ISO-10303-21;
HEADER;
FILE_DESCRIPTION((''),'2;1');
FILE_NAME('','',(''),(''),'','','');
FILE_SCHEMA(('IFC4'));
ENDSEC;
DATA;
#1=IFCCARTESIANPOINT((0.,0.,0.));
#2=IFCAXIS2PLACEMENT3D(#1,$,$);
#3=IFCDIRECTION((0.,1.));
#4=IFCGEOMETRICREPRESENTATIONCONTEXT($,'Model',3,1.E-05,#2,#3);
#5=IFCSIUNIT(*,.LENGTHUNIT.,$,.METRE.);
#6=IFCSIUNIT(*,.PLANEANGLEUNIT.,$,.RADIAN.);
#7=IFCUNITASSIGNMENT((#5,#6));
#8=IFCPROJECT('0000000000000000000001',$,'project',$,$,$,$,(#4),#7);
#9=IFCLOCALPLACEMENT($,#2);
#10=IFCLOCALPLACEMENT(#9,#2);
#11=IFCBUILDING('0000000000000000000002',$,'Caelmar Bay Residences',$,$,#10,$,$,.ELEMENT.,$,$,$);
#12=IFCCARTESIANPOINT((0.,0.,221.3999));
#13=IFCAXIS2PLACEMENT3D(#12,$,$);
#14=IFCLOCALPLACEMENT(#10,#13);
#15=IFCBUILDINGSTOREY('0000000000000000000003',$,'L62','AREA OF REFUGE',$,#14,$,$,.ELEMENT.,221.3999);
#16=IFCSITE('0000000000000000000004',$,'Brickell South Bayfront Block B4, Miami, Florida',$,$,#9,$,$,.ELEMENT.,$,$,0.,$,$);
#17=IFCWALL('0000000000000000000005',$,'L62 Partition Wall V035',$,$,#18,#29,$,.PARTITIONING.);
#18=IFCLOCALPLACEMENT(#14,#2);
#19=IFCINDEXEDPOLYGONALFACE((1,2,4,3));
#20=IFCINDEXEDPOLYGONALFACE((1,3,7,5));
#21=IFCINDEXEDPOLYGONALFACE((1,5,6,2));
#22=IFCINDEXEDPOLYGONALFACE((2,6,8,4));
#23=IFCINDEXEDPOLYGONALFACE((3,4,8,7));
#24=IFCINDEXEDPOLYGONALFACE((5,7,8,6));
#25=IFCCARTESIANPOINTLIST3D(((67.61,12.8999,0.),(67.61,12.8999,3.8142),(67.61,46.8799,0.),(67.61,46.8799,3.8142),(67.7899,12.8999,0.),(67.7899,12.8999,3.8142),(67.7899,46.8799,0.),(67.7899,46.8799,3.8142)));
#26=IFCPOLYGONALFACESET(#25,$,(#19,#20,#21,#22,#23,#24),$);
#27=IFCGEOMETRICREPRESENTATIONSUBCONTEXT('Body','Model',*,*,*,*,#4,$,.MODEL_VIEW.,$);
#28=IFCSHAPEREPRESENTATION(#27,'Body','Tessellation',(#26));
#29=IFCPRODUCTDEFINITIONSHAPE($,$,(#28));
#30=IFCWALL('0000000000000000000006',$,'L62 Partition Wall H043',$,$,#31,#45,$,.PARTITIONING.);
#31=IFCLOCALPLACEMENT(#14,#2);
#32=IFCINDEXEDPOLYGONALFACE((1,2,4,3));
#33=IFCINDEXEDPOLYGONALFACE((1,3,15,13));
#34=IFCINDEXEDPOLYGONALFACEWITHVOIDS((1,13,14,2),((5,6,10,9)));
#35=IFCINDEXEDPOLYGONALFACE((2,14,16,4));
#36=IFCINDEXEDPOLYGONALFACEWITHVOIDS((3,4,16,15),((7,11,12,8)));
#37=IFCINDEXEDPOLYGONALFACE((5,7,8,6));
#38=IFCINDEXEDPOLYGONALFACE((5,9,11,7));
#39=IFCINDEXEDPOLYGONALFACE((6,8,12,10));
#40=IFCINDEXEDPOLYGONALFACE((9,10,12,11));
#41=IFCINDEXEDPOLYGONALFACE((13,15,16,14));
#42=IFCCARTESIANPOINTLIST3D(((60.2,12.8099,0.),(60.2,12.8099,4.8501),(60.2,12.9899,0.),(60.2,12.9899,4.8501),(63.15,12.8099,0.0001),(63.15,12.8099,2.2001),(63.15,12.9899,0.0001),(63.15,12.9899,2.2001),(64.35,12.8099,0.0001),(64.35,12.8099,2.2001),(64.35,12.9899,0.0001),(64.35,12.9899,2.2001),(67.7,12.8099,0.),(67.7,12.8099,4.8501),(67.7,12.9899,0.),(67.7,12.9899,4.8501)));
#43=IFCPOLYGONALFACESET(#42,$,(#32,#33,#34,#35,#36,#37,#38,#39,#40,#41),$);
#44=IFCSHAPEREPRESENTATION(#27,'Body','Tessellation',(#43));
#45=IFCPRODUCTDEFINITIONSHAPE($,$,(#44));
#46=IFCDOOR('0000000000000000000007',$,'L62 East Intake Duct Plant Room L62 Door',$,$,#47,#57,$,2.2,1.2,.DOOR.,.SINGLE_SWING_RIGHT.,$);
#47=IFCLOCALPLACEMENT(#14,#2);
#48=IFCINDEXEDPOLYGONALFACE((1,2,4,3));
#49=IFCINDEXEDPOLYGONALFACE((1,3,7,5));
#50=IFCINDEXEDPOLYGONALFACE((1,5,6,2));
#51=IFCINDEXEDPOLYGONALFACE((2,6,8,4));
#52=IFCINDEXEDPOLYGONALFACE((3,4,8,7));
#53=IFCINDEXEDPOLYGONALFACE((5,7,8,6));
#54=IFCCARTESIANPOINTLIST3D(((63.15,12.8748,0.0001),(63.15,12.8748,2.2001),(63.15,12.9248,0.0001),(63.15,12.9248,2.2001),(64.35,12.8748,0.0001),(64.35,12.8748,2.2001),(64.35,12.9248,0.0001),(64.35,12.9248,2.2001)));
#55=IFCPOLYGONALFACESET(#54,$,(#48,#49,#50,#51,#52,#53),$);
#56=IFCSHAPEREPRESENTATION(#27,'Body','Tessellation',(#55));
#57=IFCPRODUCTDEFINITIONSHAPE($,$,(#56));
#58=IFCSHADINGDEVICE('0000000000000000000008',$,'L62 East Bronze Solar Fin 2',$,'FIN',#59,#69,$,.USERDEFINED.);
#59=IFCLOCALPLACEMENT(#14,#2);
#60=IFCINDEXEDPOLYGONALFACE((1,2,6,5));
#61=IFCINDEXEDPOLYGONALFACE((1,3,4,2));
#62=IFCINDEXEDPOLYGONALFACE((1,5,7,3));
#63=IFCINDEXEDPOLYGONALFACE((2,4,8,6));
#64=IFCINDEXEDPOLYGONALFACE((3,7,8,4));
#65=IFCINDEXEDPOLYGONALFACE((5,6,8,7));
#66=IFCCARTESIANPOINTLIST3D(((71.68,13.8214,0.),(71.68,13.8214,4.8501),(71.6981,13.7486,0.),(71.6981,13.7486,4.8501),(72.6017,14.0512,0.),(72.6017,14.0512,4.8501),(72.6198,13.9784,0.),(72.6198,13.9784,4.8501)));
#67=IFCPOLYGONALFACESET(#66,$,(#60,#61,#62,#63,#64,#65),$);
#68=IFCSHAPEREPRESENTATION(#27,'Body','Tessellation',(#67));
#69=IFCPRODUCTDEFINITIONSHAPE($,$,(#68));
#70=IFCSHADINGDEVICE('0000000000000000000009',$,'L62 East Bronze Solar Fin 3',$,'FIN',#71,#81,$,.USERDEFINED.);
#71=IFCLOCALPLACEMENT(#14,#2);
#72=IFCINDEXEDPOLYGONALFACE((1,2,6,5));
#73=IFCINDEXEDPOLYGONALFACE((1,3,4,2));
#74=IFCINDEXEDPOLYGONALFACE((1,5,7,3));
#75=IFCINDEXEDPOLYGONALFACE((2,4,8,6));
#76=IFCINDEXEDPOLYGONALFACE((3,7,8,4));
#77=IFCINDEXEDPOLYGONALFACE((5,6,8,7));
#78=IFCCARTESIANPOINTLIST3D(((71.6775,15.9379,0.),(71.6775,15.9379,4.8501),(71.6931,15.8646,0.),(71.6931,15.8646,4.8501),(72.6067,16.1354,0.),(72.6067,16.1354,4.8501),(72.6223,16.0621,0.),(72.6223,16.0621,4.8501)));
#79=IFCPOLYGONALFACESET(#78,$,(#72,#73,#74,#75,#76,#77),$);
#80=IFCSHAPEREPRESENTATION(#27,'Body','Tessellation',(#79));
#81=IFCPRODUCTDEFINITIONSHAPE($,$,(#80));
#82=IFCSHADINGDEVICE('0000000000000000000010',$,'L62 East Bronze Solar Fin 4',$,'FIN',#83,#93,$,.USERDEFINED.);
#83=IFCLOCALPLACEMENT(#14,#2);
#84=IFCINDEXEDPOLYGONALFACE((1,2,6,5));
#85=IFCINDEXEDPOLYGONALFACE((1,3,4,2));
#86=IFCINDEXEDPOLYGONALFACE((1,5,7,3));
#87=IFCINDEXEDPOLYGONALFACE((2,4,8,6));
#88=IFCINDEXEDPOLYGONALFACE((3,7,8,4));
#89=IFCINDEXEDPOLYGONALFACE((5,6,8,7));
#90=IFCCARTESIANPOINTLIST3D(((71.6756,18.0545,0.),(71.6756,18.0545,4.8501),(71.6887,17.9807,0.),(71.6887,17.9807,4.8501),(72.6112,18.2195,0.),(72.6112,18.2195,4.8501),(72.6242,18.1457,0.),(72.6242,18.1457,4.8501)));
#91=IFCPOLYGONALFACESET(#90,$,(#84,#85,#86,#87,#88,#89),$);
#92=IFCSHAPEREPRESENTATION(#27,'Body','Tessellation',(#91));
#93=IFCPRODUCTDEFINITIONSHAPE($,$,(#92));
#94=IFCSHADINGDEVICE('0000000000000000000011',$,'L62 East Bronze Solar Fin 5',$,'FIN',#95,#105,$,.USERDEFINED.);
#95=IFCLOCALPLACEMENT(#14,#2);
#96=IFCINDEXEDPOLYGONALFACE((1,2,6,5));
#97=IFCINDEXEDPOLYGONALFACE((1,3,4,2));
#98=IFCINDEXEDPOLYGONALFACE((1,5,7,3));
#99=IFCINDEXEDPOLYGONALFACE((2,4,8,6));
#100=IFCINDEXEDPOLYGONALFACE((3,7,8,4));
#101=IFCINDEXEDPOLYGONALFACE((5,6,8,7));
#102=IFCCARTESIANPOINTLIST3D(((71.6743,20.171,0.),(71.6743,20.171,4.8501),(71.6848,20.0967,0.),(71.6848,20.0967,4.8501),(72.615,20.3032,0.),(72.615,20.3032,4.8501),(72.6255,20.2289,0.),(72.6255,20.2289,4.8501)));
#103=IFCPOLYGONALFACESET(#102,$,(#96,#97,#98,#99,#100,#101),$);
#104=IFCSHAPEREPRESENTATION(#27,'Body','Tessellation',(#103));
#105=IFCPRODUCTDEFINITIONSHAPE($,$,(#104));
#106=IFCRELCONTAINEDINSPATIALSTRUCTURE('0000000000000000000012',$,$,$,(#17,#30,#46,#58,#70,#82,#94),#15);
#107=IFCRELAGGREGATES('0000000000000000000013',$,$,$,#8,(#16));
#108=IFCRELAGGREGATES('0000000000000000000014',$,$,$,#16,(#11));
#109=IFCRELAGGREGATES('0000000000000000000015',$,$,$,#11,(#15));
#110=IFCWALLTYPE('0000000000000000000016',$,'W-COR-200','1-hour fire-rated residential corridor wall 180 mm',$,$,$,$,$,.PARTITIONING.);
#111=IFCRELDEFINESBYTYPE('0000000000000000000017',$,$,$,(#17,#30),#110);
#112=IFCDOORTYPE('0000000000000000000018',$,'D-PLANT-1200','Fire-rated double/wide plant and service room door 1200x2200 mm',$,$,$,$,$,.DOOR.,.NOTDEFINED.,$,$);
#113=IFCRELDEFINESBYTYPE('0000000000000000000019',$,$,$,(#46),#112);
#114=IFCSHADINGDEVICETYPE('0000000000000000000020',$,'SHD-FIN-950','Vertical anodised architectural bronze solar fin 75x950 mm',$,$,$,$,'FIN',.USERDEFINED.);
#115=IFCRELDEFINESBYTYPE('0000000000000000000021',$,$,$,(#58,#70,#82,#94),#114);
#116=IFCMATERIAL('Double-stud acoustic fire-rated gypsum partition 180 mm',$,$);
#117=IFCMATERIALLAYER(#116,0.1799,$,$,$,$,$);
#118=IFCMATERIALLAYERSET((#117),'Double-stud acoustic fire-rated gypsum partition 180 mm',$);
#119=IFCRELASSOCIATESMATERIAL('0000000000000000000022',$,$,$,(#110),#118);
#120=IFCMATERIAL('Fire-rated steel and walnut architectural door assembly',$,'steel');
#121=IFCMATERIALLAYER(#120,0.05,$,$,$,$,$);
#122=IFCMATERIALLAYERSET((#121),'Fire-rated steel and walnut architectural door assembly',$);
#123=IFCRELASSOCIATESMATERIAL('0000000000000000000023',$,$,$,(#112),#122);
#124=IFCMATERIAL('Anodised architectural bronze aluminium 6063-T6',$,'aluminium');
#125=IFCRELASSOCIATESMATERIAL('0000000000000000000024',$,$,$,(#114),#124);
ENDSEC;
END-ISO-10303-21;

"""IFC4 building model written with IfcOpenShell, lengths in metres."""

from ifc_helpers import new_model, si_unit, direction, frame, frame_2d, origin, origin_2d, place, context, subcontext, project, spatial, rectangle, extrude, material, layer, layer_set, material_profile, profile_set, type_object, element, fill, save


model = new_model("IFC4")

# Units and contexts
model_context = context("Model", 3, precision=1e-05, world=origin(), true_north=direction((0.0, 1.0)))
body_context = subcontext(model_context, "Body", "Model", "MODEL_VIEW")
ifc_project = project(units=[si_unit("LENGTHUNIT", "METRE"), si_unit("PLANEANGLEUNIT", "RADIAN")], contexts=[model_context])

# Site, building, storey
site_placement = place(None, origin())
site = spatial("IfcSite", under=ifc_project, at=site_placement, Name="Brickell South Bayfront Block B4, Miami, Florida", CompositionType="ELEMENT", RefElevation=0.0)
building_placement = place(site_placement, origin())
building = spatial("IfcBuilding", under=site, at=building_placement, Name="Caelmar Bay Residences", CompositionType="ELEMENT")
storey_placement = place(building_placement, frame((0.0, 0.0, 221.3999)))
storey = spatial("IfcBuildingStorey", under=building, at=storey_placement, Name="L62", Description="AREA OF REFUGE", CompositionType="ELEMENT", Elevation=221.3999)

# Wall
ifc_material_1 = material(Name="Double-stud acoustic fire-rated gypsum partition 180 mm")
ifc_layer_1 = layer(ifc_material_1, 0.1799)
ifc_layer_set_1 = layer_set([ifc_layer_1], Name="Double-stud acoustic fire-rated gypsum partition 180 mm")
wall_type = type_object("IfcWallType", Name="W-COR-200", Description="1-hour fire-rated residential corridor wall 180 mm", PredefinedType="PARTITIONING", material=ifc_layer_set_1)
wall_1_placement = place(storey_placement, frame((67.7, 12.8999, 0.0), z_axis=(0.0, 0.0, 1.0), x_axis=(0.0, 1.0, 0.0)))
element("IfcWall", 1, at=wall_1_placement, inside=storey, type_object=wall_type, Name="L62 Partition Wall V035", PredefinedType="PARTITIONING", context=body_context, shape_type="SweptSolid", body=[
    extrude(rectangle(XDim=33.98, YDim=0.1799, at=frame_2d((16.99, 0.0))), origin(), (0.0, 0.0, 1.0), 3.8142),
])

# Wall, opening, door
wall_2_placement = place(storey_placement, frame((60.2, 12.8999, 0.0), z_axis=(0.0, 0.0, 1.0), x_axis=(1.0, 0.0, 0.0)))
wall_2 = element("IfcWall", 2, at=wall_2_placement, inside=storey, type_object=wall_type, Name="L62 Partition Wall H043", PredefinedType="PARTITIONING", context=body_context, shape_type="SweptSolid", body=[
    extrude(rectangle(XDim=7.5, YDim=0.1799, at=frame_2d((3.75, 0.0))), origin(), (0.0, 0.0, 1.0), 4.8501),
])
opening_placement = place(wall_2_placement, frame((2.95, 0.0, 0.0)))
opening = element("IfcOpeningElement", 3, at=opening_placement, cuts=wall_2, PredefinedType="OPENING", context=body_context, shape_type="SweptSolid", body=[
    extrude(rectangle(XDim=1.2, YDim=2.2, at=frame_2d((0.6001, 1.1001))), frame((0.0, 0.0999, 0.0), z_axis=(0.0, -1.0, 0.0), x_axis=(1.0, 0.0, 0.0)), (0.0, 0.0, 1.0), 0.2),
])
ifc_material_2 = material(Name="Fire-rated steel and walnut architectural door assembly", Category="steel")
ifc_layer_2 = layer(ifc_material_2, 0.05)
ifc_layer_set_2 = layer_set([ifc_layer_2], Name="Fire-rated steel and walnut architectural door assembly")
door_type = type_object("IfcDoorType", Name="D-PLANT-1200", Description="Fire-rated double/wide plant and service room door 1200x2200 mm", OperationType="NOTDEFINED", PredefinedType="DOOR", material=ifc_layer_set_2)
door_placement = place(opening_placement, origin())
door = element("IfcDoor", 4, at=door_placement, inside=storey, type_object=door_type, Name="L62 East Intake Duct Plant Room L62 Door", OperationType="SINGLE_SWING_RIGHT", OverallHeight=2.2, OverallWidth=1.2, PredefinedType="DOOR", context=body_context, shape_type="SweptSolid", body=[
    extrude(rectangle(XDim=1.2, YDim=2.2, at=frame_2d((0.6001, 1.1001))), frame((0.0, 0.0249, 0.0), z_axis=(0.0, -1.0, 0.0), x_axis=(1.0, 0.0, 0.0)), (0.0, 0.0, 1.0), 0.05),
])
fill(opening, door)

# Shading devices
ifc_material_3 = material(Name="Anodised architectural bronze aluminium 6063-T6", Category="aluminium")
ifc_material_profile_1 = material_profile(ifc_material_3, rectangle(XDim=0.075, YDim=0.95, at=origin_2d()), Name="BRONZE-FIN-75X950")
ifc_profile_set_1 = profile_set([ifc_material_profile_1], Name="Anodised architectural bronze aluminium 6063-T6")
shading_device_type = type_object("IfcShadingDeviceType", Name="SHD-FIN-950", Description="Vertical anodised architectural bronze solar fin 75x950 mm", ElementType="FIN", PredefinedType="USERDEFINED", material=ifc_profile_set_1)
for number, where, z_axis, x_axis, name in (
    (5, (72.1499, 13.8999, 0.0), (0.0, 0.0, 1.0), (-0.241922, 0.970296, 0.0), "L62 East Bronze Solar Fin 2"),
    (6, (72.1499, 16.0, 0.0), (0.0, 0.0, 1.0), (-0.207912, 0.978148, 0.0), "L62 East Bronze Solar Fin 3"),
    (7, (72.1499, 18.1001, 0.0), (0.0, 0.0, 1.0), (-0.173648, 0.984808, 0.0), "L62 East Bronze Solar Fin 4"),
    (8, (72.1499, 20.2, 0.0), (0.0, 0.0, 1.0), (-0.139173, 0.990268, 0.0), "L62 East Bronze Solar Fin 5"),
):
    element("IfcShadingDevice", number, at=place(storey_placement, frame(where, z_axis=z_axis, x_axis=x_axis)), inside=storey, type_object=shading_device_type, Name=name, ObjectType="FIN", PredefinedType="USERDEFINED", context=body_context, shape_type="SweptSolid", body=[
        extrude(rectangle(XDim=0.075, YDim=0.95, at=origin_2d()), origin(), (0.0, 0.0, 1.0), 4.8501),
    ])

save(model, "model.ifc")
